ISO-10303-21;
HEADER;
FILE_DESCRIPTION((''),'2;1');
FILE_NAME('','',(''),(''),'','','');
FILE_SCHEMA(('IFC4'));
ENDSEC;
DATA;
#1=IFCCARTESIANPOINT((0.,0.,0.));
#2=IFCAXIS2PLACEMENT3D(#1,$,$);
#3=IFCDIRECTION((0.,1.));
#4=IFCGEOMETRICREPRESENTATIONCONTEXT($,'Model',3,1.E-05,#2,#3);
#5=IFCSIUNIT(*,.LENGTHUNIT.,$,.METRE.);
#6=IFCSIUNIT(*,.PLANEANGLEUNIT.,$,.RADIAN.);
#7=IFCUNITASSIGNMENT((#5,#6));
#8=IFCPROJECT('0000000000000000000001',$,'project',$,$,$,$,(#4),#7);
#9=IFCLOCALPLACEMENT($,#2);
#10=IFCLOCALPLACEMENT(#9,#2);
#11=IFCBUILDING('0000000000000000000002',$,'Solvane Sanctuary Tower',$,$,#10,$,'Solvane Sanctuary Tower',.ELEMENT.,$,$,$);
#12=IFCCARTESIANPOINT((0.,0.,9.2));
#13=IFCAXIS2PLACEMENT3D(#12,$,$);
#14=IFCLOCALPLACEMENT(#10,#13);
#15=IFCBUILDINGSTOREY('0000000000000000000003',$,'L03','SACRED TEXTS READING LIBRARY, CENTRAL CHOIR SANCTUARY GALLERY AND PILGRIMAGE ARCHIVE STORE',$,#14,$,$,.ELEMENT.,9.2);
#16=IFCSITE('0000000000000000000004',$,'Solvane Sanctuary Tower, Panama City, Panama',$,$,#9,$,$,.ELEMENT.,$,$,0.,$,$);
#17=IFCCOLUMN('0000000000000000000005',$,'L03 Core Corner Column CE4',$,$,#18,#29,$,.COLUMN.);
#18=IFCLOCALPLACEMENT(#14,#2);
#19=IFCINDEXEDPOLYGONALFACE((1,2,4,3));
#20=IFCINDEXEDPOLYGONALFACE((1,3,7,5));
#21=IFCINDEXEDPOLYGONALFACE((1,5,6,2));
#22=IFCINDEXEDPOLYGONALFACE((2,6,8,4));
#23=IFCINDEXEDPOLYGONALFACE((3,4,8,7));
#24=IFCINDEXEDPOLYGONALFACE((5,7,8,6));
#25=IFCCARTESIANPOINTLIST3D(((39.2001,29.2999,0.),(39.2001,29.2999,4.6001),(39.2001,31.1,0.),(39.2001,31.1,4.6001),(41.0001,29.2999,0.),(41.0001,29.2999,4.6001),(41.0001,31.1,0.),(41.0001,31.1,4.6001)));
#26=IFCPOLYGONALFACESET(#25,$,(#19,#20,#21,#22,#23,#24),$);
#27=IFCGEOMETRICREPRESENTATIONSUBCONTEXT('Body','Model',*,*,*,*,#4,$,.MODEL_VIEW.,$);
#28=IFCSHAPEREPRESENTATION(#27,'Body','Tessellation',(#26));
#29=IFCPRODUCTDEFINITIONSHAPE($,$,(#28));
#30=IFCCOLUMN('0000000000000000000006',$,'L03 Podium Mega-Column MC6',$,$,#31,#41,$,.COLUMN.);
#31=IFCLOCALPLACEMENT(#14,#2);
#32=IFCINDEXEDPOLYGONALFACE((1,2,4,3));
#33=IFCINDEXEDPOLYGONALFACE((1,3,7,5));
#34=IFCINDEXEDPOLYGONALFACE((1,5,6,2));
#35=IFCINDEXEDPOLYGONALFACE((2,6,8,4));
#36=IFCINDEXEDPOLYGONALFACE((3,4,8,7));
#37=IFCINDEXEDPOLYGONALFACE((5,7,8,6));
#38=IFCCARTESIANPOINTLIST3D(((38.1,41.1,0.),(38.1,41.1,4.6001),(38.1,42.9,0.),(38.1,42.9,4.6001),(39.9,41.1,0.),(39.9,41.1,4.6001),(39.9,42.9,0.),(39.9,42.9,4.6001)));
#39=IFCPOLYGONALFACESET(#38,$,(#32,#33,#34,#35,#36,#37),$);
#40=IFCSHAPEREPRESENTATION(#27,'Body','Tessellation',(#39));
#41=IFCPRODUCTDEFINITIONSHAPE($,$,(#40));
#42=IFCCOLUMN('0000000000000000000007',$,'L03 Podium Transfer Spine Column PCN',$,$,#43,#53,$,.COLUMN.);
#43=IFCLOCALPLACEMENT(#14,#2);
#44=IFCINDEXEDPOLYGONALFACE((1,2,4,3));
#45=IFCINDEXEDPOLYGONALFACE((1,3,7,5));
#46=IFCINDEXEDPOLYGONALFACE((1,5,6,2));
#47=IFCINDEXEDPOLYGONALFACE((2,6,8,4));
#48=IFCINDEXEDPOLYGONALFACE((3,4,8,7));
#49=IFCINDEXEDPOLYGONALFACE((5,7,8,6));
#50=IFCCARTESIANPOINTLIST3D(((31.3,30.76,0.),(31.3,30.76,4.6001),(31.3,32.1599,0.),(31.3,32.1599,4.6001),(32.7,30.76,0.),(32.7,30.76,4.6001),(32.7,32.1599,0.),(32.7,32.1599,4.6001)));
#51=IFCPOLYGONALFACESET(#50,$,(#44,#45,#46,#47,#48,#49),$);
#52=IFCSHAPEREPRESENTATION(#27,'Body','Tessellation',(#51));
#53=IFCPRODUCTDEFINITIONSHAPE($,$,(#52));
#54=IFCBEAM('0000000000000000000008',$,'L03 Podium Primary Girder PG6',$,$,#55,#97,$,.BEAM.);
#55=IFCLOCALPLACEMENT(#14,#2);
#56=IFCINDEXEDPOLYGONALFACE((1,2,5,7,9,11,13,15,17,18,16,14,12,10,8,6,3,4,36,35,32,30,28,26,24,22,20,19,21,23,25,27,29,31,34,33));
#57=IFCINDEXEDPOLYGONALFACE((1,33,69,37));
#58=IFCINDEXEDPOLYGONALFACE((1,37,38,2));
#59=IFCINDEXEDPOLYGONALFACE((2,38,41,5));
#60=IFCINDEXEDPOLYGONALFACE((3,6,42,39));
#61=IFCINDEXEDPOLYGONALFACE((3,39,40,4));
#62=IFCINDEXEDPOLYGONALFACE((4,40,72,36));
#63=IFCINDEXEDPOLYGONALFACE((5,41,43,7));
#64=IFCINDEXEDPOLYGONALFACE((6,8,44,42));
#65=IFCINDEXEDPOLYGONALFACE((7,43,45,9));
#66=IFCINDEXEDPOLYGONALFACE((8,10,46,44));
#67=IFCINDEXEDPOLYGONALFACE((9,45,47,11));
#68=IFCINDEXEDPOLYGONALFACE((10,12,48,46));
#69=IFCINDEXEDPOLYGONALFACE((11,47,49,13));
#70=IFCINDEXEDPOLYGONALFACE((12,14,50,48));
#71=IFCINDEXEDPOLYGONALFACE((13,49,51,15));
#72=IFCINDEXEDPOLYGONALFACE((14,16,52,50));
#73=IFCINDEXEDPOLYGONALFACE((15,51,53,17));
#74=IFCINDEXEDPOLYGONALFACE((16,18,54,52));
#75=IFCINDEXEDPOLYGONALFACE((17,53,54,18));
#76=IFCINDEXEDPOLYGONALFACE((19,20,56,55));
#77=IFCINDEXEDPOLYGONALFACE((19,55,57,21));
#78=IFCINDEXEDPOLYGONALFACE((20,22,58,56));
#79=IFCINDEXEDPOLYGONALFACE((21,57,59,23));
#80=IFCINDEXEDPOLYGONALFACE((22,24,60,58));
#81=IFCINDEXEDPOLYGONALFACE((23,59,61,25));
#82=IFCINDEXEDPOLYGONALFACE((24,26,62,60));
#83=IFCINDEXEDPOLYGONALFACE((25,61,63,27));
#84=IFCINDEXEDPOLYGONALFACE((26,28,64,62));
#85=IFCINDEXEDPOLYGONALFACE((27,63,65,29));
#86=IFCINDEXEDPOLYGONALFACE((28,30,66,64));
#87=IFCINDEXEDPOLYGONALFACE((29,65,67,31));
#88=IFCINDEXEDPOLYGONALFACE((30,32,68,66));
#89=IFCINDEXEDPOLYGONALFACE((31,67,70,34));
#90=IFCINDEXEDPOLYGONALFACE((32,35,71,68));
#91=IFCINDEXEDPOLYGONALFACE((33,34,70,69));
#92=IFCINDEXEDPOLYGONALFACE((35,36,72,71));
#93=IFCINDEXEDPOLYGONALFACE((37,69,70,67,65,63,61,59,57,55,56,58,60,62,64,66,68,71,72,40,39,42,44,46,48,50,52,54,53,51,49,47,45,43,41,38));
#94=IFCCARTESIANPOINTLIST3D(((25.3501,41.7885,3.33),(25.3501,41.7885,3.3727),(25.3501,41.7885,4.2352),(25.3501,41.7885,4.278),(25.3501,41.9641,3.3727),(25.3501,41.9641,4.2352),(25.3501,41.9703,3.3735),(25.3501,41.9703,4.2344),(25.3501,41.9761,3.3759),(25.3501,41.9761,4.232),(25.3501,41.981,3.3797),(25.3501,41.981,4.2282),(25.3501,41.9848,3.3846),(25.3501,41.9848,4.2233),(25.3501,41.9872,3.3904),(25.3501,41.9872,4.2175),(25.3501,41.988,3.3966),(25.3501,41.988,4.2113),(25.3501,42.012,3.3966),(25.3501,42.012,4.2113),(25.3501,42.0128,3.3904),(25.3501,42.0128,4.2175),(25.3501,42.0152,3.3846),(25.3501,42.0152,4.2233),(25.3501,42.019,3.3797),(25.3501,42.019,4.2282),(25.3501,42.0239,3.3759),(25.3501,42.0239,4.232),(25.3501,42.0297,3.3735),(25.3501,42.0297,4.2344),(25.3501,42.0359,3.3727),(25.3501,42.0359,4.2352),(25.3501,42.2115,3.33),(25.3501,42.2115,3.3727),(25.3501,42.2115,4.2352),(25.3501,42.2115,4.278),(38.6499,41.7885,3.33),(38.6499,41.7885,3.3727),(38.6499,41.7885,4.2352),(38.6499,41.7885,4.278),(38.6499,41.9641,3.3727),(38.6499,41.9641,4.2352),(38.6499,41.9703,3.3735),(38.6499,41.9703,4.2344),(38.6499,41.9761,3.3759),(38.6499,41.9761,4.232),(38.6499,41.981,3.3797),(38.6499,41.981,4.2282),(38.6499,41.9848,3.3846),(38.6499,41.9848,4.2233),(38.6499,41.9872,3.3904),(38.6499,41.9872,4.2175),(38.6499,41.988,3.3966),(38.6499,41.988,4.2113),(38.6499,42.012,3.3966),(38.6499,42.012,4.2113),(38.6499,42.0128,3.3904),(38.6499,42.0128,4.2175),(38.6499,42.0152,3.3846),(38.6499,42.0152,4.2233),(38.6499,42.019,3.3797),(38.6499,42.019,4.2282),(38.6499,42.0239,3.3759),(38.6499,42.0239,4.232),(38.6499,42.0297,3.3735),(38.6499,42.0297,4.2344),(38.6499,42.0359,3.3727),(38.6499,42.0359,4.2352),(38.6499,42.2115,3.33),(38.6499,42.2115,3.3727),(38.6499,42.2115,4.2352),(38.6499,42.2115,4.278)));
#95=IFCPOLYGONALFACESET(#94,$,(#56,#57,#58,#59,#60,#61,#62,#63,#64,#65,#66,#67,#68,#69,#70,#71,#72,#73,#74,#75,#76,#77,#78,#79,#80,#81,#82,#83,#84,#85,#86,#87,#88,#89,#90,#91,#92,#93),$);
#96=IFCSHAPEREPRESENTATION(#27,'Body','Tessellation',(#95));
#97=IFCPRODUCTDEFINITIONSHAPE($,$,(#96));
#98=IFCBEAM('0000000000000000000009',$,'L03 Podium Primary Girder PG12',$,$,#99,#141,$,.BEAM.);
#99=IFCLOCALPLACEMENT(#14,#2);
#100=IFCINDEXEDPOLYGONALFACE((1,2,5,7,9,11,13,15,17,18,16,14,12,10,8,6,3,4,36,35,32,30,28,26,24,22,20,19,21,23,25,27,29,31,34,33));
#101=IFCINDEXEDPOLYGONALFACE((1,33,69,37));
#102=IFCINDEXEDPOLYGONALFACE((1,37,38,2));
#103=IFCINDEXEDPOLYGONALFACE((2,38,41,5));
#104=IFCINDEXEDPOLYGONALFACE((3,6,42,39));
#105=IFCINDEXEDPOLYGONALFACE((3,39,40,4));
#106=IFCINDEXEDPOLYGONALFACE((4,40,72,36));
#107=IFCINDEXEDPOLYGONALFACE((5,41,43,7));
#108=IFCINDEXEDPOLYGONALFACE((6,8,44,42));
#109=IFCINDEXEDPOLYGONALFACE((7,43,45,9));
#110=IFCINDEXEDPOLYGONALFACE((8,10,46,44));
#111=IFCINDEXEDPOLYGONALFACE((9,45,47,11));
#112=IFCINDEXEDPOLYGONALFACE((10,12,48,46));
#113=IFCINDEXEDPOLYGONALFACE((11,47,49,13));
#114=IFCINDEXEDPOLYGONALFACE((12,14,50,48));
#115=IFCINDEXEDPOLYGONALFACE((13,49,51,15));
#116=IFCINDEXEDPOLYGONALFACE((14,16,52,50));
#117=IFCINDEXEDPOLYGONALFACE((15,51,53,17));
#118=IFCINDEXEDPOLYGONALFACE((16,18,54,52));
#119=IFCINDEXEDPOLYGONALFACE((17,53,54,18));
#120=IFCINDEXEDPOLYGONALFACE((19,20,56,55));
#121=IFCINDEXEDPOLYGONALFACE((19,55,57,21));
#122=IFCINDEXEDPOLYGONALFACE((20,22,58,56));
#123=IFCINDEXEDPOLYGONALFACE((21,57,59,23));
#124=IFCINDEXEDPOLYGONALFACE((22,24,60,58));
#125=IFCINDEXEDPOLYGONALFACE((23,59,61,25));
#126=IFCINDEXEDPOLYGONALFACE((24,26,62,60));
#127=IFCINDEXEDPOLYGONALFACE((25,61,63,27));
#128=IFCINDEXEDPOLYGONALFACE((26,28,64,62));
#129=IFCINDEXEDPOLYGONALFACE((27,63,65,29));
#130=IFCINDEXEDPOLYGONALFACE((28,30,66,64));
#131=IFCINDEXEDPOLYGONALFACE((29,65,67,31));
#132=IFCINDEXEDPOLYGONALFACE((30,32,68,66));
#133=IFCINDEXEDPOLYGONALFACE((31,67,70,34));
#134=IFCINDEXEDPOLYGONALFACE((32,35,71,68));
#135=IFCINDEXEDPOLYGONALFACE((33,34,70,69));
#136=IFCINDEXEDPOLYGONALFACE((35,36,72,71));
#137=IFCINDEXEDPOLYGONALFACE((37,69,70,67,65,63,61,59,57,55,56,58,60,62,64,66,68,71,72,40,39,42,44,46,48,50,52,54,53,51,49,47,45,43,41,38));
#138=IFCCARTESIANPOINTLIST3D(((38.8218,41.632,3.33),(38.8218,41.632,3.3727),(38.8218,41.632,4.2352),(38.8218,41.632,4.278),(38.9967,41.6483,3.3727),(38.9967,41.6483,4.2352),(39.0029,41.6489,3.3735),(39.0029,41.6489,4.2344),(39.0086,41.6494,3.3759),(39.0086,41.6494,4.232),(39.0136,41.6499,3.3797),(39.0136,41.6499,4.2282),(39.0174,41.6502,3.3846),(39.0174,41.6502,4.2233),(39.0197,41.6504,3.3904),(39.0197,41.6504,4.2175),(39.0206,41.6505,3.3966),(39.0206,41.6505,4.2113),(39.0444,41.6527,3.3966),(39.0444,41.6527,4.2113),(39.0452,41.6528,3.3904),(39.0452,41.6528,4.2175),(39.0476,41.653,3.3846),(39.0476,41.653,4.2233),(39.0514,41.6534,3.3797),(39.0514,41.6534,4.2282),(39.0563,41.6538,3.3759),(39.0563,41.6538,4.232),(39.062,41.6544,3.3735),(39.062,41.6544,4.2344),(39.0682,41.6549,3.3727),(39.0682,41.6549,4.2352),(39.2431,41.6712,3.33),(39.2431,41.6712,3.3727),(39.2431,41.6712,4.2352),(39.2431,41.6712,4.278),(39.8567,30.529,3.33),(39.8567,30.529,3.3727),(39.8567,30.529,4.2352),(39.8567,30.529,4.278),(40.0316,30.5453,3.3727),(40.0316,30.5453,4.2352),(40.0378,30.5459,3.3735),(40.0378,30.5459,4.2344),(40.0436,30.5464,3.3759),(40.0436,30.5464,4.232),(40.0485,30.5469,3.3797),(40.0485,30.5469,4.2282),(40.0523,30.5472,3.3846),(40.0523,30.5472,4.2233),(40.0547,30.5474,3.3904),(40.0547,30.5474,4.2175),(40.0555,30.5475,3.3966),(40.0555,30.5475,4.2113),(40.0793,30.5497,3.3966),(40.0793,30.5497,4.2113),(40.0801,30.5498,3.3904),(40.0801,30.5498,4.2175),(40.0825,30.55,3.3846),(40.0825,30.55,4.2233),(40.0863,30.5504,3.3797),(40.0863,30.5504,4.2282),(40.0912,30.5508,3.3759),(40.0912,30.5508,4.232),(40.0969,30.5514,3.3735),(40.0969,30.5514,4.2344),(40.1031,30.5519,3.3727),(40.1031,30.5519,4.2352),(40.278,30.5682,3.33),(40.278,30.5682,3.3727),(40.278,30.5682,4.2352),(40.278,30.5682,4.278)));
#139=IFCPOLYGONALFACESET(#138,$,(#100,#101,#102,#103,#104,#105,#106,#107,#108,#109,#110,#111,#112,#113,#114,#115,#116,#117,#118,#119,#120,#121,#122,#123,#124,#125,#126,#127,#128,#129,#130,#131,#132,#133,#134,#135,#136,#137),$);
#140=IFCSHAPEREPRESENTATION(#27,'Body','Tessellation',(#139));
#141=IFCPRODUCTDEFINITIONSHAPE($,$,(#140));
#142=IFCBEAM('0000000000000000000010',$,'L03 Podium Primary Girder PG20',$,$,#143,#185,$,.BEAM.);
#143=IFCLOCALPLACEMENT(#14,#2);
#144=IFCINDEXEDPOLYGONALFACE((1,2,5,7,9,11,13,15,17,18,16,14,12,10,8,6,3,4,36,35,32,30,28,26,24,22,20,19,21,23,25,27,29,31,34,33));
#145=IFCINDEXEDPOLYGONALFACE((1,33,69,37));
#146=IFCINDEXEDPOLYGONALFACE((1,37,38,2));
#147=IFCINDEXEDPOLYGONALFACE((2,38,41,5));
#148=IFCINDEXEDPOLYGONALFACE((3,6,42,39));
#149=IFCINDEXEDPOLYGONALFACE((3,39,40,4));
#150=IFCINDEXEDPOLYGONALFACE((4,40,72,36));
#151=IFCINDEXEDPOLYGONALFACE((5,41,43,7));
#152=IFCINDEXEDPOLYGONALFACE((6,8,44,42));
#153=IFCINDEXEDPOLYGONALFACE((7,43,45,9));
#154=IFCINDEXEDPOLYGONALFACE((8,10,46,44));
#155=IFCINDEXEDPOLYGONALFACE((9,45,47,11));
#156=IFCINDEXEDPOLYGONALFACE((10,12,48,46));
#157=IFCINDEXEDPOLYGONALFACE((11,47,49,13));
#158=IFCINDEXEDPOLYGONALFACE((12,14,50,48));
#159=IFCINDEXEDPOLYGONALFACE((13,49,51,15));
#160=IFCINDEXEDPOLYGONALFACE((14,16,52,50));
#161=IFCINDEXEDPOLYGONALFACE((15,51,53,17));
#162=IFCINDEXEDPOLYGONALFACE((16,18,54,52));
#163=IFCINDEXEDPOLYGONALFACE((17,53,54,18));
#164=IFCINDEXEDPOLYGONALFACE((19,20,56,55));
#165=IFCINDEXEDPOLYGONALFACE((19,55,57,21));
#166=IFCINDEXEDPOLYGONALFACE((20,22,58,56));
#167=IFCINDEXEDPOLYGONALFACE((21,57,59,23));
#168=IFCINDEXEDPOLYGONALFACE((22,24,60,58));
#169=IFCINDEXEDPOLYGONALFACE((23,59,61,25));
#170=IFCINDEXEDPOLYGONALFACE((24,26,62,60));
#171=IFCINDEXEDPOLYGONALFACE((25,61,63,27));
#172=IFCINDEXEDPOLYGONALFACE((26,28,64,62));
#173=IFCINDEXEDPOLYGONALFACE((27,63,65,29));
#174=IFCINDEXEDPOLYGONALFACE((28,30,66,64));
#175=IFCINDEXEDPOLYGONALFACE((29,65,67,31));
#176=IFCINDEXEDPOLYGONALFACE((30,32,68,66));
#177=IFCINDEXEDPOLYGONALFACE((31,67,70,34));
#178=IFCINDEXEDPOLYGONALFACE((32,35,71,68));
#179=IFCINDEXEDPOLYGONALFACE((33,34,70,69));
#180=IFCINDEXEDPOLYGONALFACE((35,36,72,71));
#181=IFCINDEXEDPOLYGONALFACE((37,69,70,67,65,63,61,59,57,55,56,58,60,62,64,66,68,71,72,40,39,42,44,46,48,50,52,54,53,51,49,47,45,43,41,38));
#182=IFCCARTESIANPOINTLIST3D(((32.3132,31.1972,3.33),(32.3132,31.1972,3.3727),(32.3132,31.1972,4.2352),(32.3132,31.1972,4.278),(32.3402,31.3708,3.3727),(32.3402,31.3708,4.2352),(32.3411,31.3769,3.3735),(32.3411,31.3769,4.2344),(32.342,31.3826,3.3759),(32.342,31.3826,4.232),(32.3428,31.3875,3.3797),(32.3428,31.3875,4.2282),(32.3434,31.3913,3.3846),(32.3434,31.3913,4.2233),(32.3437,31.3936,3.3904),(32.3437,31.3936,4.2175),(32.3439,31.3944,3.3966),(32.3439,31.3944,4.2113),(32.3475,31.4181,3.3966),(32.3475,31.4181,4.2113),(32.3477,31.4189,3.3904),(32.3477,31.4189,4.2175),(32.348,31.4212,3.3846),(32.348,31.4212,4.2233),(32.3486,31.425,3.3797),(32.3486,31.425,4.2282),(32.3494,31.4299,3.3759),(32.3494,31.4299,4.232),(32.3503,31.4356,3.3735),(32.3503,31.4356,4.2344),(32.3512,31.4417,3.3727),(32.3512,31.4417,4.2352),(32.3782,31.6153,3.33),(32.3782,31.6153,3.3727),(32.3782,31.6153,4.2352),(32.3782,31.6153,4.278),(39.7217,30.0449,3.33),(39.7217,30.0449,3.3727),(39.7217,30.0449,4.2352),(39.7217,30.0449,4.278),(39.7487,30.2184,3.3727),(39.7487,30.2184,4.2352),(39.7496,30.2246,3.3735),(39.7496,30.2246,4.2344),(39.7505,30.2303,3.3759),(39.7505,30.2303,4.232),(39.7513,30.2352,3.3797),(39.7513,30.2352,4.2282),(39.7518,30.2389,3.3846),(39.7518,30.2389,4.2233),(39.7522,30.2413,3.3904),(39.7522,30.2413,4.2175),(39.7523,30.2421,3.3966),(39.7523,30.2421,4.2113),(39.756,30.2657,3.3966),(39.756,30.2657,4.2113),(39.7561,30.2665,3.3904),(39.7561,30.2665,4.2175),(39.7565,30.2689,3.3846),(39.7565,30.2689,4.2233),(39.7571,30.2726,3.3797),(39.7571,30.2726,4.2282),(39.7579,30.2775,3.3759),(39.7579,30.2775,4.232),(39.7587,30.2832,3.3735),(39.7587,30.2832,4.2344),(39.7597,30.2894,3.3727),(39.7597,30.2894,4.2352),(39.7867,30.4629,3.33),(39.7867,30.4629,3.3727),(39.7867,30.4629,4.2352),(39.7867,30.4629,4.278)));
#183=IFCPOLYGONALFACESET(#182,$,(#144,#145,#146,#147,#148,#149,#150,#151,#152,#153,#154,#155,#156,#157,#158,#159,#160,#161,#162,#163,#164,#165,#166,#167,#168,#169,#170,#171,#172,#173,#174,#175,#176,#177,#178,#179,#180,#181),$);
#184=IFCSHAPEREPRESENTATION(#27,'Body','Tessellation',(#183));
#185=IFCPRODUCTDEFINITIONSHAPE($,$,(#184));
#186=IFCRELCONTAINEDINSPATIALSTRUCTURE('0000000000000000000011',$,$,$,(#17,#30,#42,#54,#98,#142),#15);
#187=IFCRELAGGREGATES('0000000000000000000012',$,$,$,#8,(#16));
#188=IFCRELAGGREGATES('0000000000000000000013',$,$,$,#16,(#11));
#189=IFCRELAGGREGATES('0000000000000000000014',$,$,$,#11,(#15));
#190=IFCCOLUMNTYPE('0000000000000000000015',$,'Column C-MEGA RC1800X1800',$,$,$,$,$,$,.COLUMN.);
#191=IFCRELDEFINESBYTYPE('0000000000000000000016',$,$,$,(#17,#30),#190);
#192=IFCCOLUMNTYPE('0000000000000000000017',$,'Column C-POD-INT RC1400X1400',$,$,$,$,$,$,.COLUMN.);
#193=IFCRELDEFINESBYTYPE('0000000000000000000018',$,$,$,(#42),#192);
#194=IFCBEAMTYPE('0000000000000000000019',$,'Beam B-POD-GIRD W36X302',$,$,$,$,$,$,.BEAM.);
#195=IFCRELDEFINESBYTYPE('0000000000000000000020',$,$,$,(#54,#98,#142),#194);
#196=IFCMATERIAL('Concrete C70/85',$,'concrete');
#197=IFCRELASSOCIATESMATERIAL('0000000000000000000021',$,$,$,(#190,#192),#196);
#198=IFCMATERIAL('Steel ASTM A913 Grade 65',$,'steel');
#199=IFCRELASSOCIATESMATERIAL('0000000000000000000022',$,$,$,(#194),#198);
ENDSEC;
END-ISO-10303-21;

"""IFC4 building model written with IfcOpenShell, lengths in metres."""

from ifc_helpers import new_model, si_unit, direction, frame, origin, origin_2d, place, context, subcontext, project, spatial, rectangle, i_section, extrude, material, material_profile, profile_set, type_object, element, save


model = new_model("IFC4")

# Units and contexts
model_context = context("Model", 3, precision=1e-05, world=origin(), true_north=direction((0.0, 1.0)))
body_context = subcontext(model_context, "Body", "Model", "MODEL_VIEW")
ifc_project = project(units=[si_unit("LENGTHUNIT", "METRE"), si_unit("PLANEANGLEUNIT", "RADIAN")], contexts=[model_context])

# Site, building, storey
site_placement = place(None, origin())
site = spatial("IfcSite", under=ifc_project, at=site_placement, Name="Solvane Sanctuary Tower, Panama City, Panama", CompositionType="ELEMENT", RefElevation=0.0)
building_placement = place(site_placement, origin())
building = spatial("IfcBuilding", under=site, at=building_placement, Name="Solvane Sanctuary Tower", LongName="Solvane Sanctuary Tower", CompositionType="ELEMENT")
storey_placement = place(building_placement, frame((0.0, 0.0, 9.2)))
storey = spatial("IfcBuildingStorey", under=building, at=storey_placement, Name="L03", Description="SACRED TEXTS READING LIBRARY, CENTRAL CHOIR SANCTUARY GALLERY AND PILGRIMAGE ARCHIVE STORE", CompositionType="ELEMENT", Elevation=9.2)

# Columns
ifc_material_1 = material(Name="Concrete C70/85", Category="concrete")
ifc_material_profile_1 = material_profile(ifc_material_1, rectangle(XDim=1.8, YDim=1.8, at=origin_2d()), Name="RC1800X1800")
ifc_profile_set_1 = profile_set([ifc_material_profile_1], Name="Concrete C70/85")
column_type_1 = type_object("IfcColumnType", Name="Column C-MEGA RC1800X1800", PredefinedType="COLUMN", material=ifc_profile_set_1)
for number, where, z_axis, x_axis, name in (
    (1, (40.1001, 30.2, 0.0), (0.0, 0.0, 1.0), (1.0, 0.0, 0.0), "L03 Core Corner Column CE4"),
    (2, (39.0, 42.0, 0.0), (0.0, 0.0, 1.0), (1.0, 0.0, 0.0), "L03 Podium Mega-Column MC6"),
):
    element("IfcColumn", number, at=place(storey_placement, frame(where, z_axis=z_axis, x_axis=x_axis)), inside=storey, type_object=column_type_1, Name=name, PredefinedType="COLUMN", context=body_context, shape_type="SweptSolid", body=[
        extrude(rectangle(XDim=1.8, YDim=1.8, at=origin_2d()), origin(), (0.0, 0.0, 1.0), 4.6001),
    ])
ifc_material_profile_2 = material_profile(ifc_material_1, rectangle(XDim=1.3999, YDim=1.3999, at=origin_2d()), Name="RC1400X1400")
ifc_profile_set_2 = profile_set([ifc_material_profile_2], Name="Concrete C70/85")
column_type_2 = type_object("IfcColumnType", Name="Column C-POD-INT RC1400X1400", PredefinedType="COLUMN", material=ifc_profile_set_2)
column_placement = place(storey_placement, frame((32.0, 31.46, 0.0), z_axis=(0.0, 0.0, 1.0), x_axis=(1.0, 0.0, 0.0)))
element("IfcColumn", 3, at=column_placement, inside=storey, type_object=column_type_2, Name="L03 Podium Transfer Spine Column PCN", PredefinedType="COLUMN", context=body_context, shape_type="SweptSolid", body=[
    extrude(rectangle(XDim=1.3999, YDim=1.3999, at=origin_2d()), origin(), (0.0, 0.0, 1.0), 4.6001),
])

# Beams
ifc_material_2 = material(Name="Steel ASTM A913 Grade 65", Category="steel")
ifc_material_profile_3 = material_profile(ifc_material_2, i_section(OverallWidth=0.4231, OverallDepth=0.948, WebThickness=0.0239, FlangeThickness=0.0427, FilletRadius=0.0239, at=origin_2d()), Name="W36X302")
ifc_profile_set_3 = profile_set([ifc_material_profile_3], Name="Steel ASTM A913 Grade 65")
beam_type = type_object("IfcBeamType", Name="Beam B-POD-GIRD W36X302", PredefinedType="BEAM", material=ifc_profile_set_3)
beam_1_placement = place(storey_placement, frame((38.6499, 42.0, 3.804), z_axis=(-1.0, 0.0, 0.0), x_axis=(0.0, -1.0, 0.0)))
element("IfcBeam", 4, at=beam_1_placement, inside=storey, type_object=beam_type, Name="L03 Podium Primary Girder PG6", PredefinedType="BEAM", context=body_context, shape_type="SweptSolid", body=[
    extrude(i_section(OverallWidth=0.4231, OverallDepth=0.948, WebThickness=0.0239, FlangeThickness=0.0427, FilletRadius=0.0239, at=origin_2d()), origin(), (0.0, 0.0, 1.0), 13.2998),
])
beam_2_placement = place(storey_placement, frame((39.0325, 41.6516, 3.804), z_axis=(0.092808, -0.995684, 0.0), x_axis=(0.995684, 0.092808, 0.0)))
element("IfcBeam", 5, at=beam_2_placement, inside=storey, type_object=beam_type, Name="L03 Podium Primary Girder PG12", PredefinedType="BEAM", context=body_context, shape_type="SweptSolid", body=[
    extrude(i_section(OverallWidth=0.4231, OverallDepth=0.948, WebThickness=0.0239, FlangeThickness=0.0427, FilletRadius=0.0239, at=origin_2d()), origin(), (0.0, 0.0, 1.0), 11.1511),
])
beam_3_placement = place(storey_placement, frame((32.3457, 31.4062, 3.804), z_axis=(0.988118, -0.153696, 0.0), x_axis=(0.153696, 0.988118, 0.0)))
element("IfcBeam", 6, at=beam_3_placement, inside=storey, type_object=beam_type, Name="L03 Podium Primary Girder PG20", PredefinedType="BEAM", context=body_context, shape_type="SweptSolid", body=[
    extrude(i_section(OverallWidth=0.4231, OverallDepth=0.948, WebThickness=0.0239, FlangeThickness=0.0427, FilletRadius=0.0239, at=origin_2d()), origin(), (0.0, 0.0, 1.0), 7.4976),
])

save(model, "model.ifc")
